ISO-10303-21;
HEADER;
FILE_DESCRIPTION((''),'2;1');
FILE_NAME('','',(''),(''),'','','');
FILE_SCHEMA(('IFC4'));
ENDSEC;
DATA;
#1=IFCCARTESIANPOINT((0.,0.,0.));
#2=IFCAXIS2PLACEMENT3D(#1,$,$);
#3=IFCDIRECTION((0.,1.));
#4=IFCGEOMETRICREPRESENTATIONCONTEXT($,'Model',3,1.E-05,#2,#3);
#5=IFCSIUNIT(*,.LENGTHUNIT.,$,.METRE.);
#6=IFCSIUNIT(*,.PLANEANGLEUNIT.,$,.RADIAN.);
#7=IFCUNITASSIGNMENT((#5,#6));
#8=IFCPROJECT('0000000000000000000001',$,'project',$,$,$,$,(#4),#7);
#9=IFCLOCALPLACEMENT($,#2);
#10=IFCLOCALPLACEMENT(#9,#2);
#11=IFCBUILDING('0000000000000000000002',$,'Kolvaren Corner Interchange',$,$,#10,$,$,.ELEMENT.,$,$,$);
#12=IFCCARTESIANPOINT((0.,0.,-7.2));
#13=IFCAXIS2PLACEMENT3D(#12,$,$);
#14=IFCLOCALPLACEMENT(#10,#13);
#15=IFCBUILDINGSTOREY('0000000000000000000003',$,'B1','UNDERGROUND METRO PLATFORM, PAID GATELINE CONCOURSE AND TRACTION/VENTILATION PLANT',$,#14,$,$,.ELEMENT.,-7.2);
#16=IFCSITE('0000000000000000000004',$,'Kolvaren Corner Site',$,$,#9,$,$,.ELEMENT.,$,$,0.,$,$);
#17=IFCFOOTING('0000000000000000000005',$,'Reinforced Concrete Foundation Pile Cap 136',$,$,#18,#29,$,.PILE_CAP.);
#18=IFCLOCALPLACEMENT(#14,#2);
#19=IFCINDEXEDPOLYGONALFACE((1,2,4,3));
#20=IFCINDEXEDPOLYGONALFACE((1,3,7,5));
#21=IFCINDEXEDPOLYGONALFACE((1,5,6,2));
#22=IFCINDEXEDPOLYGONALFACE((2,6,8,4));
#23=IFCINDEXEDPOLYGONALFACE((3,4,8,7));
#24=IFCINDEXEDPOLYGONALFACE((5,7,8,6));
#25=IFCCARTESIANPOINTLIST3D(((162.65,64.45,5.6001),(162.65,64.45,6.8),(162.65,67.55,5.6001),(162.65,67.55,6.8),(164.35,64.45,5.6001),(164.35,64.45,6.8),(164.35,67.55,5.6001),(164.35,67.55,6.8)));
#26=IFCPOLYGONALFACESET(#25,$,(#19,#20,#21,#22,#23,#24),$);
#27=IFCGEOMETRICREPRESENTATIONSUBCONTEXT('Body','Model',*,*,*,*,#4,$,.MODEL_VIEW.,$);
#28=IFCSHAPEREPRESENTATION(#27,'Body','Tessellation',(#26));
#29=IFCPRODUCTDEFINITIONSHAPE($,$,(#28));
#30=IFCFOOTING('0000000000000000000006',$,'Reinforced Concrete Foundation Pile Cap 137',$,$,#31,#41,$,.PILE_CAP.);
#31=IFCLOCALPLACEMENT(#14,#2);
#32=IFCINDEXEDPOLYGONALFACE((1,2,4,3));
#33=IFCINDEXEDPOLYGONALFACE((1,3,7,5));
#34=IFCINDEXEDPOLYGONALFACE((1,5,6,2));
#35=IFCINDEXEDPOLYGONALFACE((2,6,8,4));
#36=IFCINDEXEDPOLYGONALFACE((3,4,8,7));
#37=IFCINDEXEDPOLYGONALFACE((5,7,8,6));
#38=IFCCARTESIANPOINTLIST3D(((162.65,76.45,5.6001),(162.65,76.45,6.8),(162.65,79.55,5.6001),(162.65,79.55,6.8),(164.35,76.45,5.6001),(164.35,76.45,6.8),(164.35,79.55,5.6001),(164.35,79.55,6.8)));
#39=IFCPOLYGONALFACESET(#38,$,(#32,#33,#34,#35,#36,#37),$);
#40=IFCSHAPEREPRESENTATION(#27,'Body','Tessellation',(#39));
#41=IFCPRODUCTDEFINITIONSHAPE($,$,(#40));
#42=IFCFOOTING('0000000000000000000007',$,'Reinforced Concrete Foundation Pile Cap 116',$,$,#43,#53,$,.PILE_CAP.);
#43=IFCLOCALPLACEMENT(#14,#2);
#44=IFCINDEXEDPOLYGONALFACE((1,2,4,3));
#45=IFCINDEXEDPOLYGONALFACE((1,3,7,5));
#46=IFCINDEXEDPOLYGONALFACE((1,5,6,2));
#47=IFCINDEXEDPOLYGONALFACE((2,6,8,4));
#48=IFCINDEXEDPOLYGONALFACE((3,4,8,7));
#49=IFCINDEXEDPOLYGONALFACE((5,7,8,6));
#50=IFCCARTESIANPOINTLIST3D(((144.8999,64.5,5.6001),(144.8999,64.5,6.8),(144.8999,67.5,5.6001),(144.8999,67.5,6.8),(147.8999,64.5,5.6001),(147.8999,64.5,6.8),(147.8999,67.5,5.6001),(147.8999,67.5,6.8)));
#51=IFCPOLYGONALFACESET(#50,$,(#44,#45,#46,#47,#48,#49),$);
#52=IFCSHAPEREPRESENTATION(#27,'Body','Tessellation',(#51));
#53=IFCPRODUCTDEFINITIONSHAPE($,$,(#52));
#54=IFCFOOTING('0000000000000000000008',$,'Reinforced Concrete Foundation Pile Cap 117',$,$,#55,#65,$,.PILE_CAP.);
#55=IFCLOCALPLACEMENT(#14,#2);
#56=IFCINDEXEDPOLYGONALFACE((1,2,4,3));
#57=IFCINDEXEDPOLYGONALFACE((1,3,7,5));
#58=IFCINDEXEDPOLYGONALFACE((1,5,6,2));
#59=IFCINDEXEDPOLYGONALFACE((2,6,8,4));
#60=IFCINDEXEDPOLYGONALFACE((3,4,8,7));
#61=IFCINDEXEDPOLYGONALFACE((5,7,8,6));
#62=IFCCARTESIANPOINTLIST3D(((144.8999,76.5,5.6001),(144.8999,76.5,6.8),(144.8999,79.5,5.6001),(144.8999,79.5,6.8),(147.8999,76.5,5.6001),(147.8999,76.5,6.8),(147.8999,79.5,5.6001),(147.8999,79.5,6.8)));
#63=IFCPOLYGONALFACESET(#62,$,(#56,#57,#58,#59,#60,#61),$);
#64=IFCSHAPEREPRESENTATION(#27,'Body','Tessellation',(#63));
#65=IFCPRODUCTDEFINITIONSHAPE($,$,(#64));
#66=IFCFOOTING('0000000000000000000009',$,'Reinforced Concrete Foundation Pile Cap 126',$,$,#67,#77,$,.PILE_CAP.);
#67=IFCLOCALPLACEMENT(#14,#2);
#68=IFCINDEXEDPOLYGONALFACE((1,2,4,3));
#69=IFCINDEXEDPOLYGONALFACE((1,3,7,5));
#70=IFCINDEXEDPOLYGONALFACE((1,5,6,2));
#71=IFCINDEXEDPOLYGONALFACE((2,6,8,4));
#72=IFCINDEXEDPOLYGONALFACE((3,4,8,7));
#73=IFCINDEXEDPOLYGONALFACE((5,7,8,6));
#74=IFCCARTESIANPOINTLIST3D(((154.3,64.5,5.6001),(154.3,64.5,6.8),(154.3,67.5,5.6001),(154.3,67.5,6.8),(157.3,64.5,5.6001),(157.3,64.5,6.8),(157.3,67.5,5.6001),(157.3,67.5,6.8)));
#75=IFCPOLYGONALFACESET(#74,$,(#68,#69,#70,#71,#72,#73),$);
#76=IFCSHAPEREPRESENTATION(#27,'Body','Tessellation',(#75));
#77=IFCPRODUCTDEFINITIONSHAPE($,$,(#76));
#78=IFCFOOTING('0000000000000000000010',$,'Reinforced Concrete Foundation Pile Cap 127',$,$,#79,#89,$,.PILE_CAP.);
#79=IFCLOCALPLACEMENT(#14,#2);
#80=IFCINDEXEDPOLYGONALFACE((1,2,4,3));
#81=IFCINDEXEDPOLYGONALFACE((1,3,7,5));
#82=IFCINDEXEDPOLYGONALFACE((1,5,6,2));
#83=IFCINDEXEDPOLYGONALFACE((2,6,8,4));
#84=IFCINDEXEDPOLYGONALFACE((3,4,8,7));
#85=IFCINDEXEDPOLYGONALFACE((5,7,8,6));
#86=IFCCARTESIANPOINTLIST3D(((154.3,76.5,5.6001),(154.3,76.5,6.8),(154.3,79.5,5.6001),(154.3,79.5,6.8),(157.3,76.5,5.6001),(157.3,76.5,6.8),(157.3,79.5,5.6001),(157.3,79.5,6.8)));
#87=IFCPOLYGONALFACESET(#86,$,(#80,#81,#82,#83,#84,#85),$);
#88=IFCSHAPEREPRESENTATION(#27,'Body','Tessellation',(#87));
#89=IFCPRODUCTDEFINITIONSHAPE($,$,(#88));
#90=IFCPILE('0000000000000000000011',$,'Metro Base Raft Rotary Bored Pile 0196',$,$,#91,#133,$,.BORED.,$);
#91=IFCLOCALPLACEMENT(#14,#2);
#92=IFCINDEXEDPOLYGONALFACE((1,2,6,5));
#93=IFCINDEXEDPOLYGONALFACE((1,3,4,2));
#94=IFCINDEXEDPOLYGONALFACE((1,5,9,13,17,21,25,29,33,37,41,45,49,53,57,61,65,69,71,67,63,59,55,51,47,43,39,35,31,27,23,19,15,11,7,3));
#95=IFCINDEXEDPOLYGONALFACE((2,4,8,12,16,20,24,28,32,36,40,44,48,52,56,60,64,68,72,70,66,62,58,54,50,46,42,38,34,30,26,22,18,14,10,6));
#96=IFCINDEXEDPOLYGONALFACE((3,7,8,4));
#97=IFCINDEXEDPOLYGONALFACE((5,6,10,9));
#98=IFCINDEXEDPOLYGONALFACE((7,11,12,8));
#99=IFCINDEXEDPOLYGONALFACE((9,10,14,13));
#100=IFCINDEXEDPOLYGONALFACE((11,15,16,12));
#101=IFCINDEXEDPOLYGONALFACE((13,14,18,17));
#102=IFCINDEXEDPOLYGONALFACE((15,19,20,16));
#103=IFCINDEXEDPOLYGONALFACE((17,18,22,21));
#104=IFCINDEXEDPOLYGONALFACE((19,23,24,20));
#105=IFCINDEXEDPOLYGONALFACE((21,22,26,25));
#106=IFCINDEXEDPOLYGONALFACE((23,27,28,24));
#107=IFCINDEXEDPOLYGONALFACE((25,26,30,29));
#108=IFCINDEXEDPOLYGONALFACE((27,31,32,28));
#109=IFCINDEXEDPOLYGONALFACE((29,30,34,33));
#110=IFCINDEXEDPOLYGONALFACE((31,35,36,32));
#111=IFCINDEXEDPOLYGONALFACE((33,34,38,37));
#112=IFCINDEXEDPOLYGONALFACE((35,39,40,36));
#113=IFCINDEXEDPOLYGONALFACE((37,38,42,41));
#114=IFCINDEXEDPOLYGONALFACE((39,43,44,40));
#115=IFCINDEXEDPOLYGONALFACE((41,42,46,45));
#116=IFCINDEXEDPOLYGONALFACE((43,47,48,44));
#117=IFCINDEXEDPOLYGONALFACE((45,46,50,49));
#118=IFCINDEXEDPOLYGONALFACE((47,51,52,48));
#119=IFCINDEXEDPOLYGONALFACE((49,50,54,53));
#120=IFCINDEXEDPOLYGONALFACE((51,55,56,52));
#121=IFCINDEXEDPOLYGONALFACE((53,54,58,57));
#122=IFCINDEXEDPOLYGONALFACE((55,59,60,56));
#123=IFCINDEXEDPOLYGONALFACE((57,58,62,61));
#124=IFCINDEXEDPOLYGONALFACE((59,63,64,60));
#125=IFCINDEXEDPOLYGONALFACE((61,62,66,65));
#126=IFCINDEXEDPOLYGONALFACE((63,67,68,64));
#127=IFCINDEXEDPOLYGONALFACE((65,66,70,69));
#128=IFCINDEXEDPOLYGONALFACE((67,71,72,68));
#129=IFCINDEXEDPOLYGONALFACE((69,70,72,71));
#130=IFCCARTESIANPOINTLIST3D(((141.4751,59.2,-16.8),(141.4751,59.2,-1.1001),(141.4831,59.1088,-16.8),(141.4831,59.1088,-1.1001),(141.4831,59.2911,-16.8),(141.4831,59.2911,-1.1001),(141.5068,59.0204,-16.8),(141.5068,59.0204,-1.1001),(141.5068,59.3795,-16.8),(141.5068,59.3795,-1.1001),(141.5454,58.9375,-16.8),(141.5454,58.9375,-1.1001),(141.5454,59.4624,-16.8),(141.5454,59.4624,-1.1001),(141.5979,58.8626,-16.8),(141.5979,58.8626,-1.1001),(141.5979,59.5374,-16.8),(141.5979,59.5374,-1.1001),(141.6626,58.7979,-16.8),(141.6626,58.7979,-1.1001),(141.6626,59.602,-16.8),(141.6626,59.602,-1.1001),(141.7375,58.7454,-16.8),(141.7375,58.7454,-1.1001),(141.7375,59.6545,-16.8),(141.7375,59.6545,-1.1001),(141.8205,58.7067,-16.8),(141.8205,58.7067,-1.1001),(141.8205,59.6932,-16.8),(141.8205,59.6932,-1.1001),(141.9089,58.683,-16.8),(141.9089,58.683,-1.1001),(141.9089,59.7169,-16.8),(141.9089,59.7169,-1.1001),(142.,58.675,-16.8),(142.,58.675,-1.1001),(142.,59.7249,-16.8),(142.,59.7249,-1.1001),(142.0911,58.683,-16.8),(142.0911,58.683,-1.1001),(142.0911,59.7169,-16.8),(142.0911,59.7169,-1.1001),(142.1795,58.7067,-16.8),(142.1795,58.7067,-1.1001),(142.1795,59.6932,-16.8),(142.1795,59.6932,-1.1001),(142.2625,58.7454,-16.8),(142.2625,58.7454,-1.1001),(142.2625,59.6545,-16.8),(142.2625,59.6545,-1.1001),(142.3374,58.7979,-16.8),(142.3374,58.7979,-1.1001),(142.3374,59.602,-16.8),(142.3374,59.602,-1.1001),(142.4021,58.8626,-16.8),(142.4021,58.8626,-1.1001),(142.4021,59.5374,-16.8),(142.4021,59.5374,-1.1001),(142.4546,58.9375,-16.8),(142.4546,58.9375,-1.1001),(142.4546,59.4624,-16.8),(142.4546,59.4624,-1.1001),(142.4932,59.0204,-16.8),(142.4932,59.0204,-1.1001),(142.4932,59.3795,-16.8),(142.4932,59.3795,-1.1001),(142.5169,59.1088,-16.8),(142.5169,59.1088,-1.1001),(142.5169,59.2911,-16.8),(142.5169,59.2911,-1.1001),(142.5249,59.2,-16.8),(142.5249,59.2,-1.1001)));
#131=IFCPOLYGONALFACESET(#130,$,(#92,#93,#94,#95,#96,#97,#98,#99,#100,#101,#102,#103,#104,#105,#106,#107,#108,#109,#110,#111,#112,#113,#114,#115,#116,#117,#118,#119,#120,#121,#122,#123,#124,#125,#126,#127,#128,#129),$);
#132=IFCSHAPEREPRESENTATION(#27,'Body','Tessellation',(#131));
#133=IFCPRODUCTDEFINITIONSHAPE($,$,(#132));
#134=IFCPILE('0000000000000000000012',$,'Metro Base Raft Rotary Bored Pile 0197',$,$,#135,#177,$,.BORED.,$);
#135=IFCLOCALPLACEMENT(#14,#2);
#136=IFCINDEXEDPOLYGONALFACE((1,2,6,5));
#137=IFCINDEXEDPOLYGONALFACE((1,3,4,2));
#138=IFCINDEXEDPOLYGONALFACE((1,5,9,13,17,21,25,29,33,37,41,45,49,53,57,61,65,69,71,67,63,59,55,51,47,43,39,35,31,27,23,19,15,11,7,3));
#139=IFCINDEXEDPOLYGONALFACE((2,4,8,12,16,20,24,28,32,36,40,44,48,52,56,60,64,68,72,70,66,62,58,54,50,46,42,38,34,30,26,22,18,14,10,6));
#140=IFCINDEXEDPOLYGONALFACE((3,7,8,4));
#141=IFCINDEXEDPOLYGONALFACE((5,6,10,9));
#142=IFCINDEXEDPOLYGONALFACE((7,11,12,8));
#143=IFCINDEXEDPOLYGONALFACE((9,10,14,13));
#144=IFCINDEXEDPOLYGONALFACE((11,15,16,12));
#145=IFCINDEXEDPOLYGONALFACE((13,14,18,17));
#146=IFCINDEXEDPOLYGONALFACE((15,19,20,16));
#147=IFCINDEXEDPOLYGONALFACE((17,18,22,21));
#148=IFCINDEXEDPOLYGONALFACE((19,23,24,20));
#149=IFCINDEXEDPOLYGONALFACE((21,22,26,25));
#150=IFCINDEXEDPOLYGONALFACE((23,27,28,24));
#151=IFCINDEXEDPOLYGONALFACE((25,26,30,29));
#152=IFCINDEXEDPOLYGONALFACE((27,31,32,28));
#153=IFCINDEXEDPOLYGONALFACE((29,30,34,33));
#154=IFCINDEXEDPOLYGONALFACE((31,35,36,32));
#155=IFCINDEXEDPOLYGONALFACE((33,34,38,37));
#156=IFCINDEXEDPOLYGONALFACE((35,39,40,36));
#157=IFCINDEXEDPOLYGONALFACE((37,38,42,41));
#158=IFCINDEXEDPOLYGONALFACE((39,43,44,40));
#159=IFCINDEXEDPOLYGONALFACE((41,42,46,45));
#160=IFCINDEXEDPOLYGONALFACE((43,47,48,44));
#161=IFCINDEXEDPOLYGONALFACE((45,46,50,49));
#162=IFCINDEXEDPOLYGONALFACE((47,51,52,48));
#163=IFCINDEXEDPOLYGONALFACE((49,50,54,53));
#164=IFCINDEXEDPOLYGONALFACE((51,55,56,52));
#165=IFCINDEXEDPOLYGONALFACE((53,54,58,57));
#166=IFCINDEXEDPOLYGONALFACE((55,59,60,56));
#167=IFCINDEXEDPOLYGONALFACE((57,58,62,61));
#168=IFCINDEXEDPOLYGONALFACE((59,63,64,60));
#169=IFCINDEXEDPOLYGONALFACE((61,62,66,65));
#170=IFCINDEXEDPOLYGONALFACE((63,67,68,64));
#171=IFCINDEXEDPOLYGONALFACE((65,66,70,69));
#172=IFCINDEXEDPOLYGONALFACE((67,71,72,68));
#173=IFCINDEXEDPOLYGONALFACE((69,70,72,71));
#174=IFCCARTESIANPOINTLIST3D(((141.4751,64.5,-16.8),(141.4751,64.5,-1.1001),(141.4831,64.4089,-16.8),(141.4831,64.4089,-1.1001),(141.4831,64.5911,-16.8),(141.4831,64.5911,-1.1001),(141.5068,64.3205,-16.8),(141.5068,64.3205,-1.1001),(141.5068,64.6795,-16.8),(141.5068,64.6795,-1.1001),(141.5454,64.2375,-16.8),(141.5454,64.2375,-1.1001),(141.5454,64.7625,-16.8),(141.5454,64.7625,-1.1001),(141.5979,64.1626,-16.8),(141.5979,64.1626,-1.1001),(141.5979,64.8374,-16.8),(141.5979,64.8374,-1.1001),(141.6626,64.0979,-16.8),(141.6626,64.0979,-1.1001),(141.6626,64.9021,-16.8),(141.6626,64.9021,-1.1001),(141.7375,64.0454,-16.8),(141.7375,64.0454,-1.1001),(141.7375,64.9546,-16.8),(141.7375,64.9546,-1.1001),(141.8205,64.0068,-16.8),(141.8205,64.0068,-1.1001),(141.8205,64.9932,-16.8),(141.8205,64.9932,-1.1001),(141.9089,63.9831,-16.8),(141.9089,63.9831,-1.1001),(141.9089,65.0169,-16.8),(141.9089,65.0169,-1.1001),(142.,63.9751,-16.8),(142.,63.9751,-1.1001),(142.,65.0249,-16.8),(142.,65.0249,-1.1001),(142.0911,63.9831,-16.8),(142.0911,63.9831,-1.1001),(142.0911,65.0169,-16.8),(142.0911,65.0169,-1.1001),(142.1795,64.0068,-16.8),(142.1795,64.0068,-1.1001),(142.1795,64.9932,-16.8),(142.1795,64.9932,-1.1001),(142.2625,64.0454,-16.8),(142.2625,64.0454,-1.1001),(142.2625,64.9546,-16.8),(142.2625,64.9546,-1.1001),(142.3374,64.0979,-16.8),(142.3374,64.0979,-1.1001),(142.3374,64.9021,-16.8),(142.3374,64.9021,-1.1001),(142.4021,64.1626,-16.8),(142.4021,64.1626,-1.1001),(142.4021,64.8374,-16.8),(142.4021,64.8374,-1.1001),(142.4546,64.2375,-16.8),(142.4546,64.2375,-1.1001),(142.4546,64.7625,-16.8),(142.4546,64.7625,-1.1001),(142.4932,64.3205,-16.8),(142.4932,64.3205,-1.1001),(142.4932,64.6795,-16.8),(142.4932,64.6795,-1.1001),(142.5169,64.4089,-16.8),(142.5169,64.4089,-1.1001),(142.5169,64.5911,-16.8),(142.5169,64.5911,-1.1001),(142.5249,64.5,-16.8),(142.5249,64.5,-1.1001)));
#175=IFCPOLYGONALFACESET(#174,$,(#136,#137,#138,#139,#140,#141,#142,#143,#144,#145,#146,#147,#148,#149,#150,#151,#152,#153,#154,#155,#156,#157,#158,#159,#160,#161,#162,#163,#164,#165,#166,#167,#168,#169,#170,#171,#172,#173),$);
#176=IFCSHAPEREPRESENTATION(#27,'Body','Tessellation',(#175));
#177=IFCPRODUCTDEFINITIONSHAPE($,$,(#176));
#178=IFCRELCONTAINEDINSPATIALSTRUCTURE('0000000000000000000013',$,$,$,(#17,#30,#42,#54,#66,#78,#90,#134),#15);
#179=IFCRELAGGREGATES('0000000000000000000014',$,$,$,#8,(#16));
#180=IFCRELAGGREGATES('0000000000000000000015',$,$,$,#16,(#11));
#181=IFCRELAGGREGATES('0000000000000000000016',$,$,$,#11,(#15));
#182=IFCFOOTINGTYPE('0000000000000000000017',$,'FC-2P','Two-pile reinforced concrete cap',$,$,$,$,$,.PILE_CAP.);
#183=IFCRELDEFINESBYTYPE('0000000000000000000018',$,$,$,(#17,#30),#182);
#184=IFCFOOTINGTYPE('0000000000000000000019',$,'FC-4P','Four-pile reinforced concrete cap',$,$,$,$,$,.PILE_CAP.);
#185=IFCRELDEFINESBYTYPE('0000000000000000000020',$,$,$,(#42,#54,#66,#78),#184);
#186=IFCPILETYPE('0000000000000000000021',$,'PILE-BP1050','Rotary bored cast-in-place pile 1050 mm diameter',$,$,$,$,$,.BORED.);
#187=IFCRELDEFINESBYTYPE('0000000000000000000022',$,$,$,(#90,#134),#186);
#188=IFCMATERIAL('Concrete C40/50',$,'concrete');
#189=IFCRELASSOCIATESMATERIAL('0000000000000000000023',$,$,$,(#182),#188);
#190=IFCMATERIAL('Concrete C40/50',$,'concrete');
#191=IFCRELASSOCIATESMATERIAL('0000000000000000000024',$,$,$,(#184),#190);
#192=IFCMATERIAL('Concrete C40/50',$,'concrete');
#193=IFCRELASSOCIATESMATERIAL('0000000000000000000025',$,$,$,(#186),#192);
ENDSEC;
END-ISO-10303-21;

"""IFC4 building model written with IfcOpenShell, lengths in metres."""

from ifc_helpers import new_model, si_unit, direction, frame, origin, origin_2d, place, context, subcontext, project, spatial, rectangle, circle, extrude, material, material_profile, profile_set, type_object, element, save


model = new_model("IFC4")

# Units and contexts
model_context = context("Model", 3, precision=1e-05, world=origin(), true_north=direction((0.0, 1.0)))
body_context = subcontext(model_context, "Body", "Model", "MODEL_VIEW")
ifc_project = project(units=[si_unit("LENGTHUNIT", "METRE"), si_unit("PLANEANGLEUNIT", "RADIAN")], contexts=[model_context])

# Site, building, storey
site_placement = place(None, origin())
site = spatial("IfcSite", under=ifc_project, at=site_placement, Name="Kolvaren Corner Site", CompositionType="ELEMENT", RefElevation=0.0)
building_placement = place(site_placement, origin())
building = spatial("IfcBuilding", under=site, at=building_placement, Name="Kolvaren Corner Interchange", CompositionType="ELEMENT")
storey_placement = place(building_placement, frame((0.0, 0.0, -7.2)))
storey = spatial("IfcBuildingStorey", under=building, at=storey_placement, Name="B1", Description="UNDERGROUND METRO PLATFORM, PAID GATELINE CONCOURSE AND TRACTION/VENTILATION PLANT", CompositionType="ELEMENT", Elevation=-7.2)

# Footings
ifc_material_1 = material(Name="Concrete C40/50", Category="concrete")
footing_type_1 = type_object("IfcFootingType", Name="FC-2P", Description="Two-pile reinforced concrete cap", PredefinedType="PILE_CAP", material=ifc_material_1)
for number, where, z_axis, x_axis, name in (
    (1, (163.5, 66.0, 5.6001), (0.0, 0.0, 1.0), (1.0, 0.0, 0.0), "Reinforced Concrete Foundation Pile Cap 136"),
    (2, (163.5, 78.0, 5.6001), (0.0, 0.0, 1.0), (1.0, 0.0, 0.0), "Reinforced Concrete Foundation Pile Cap 137"),
):
    element("IfcFooting", number, at=place(storey_placement, frame(where, z_axis=z_axis, x_axis=x_axis)), inside=storey, type_object=footing_type_1, Name=name, PredefinedType="PILE_CAP", context=body_context, shape_type="SweptSolid", body=[
        extrude(rectangle(XDim=1.7, YDim=3.1001, at=origin_2d()), origin(), (0.0, 0.0, 1.0), 1.2),
    ])
ifc_material_2 = material(Name="Concrete C40/50", Category="concrete")
footing_type_2 = type_object("IfcFootingType", Name="FC-4P", Description="Four-pile reinforced concrete cap", PredefinedType="PILE_CAP", material=ifc_material_2)
for number, where, z_axis, x_axis, name in (
    (3, (146.3999, 66.0, 5.6001), (0.0, 0.0, 1.0), (1.0, 0.0, 0.0), "Reinforced Concrete Foundation Pile Cap 116"),
    (4, (146.3999, 78.0, 5.6001), (0.0, 0.0, 1.0), (1.0, 0.0, 0.0), "Reinforced Concrete Foundation Pile Cap 117"),
    (5, (155.8, 66.0, 5.6001), (0.0, 0.0, 1.0), (1.0, 0.0, 0.0), "Reinforced Concrete Foundation Pile Cap 126"),
    (6, (155.8, 78.0, 5.6001), (0.0, 0.0, 1.0), (1.0, 0.0, 0.0), "Reinforced Concrete Foundation Pile Cap 127"),
):
    element("IfcFooting", number, at=place(storey_placement, frame(where, z_axis=z_axis, x_axis=x_axis)), inside=storey, type_object=footing_type_2, Name=name, PredefinedType="PILE_CAP", context=body_context, shape_type="SweptSolid", body=[
        extrude(rectangle(XDim=3.0, YDim=3.0, at=origin_2d()), origin(), (0.0, 0.0, 1.0), 1.2),
    ])

# Piles
ifc_material_3 = material(Name="Concrete C40/50", Category="concrete")
ifc_material_profile_1 = material_profile(ifc_material_3, circle(Radius=0.5249, at=origin_2d()), Name="BORED PILE 1050")
ifc_profile_set_1 = profile_set([ifc_material_profile_1], Name="Concrete C40/50")
pile_type_1 = type_object("IfcPileType", Name="PILE-BP1050", Description="Rotary bored cast-in-place pile 1050 mm diameter", PredefinedType="BORED", material=ifc_profile_set_1)
for number, where, z_axis, x_axis, name in (
    (7, (142.0, 59.2, -1.1001), (0.0, 0.0, -1.0), (1.0, 0.0, 0.0), "Metro Base Raft Rotary Bored Pile 0196"),
    (8, (142.0, 64.5, -1.1001), (0.0, 0.0, -1.0), (1.0, 0.0, 0.0), "Metro Base Raft Rotary Bored Pile 0197"),
):
    element("IfcPile", number, at=place(storey_placement, frame(where, z_axis=z_axis, x_axis=x_axis)), inside=storey, type_object=pile_type_1, Name=name, PredefinedType="BORED", context=body_context, shape_type="SweptSolid", body=[
        extrude(circle(Radius=0.5249, at=origin_2d()), origin(), (0.0, 0.0, 1.0), 15.7),
    ])

save(model, "model.ifc")
